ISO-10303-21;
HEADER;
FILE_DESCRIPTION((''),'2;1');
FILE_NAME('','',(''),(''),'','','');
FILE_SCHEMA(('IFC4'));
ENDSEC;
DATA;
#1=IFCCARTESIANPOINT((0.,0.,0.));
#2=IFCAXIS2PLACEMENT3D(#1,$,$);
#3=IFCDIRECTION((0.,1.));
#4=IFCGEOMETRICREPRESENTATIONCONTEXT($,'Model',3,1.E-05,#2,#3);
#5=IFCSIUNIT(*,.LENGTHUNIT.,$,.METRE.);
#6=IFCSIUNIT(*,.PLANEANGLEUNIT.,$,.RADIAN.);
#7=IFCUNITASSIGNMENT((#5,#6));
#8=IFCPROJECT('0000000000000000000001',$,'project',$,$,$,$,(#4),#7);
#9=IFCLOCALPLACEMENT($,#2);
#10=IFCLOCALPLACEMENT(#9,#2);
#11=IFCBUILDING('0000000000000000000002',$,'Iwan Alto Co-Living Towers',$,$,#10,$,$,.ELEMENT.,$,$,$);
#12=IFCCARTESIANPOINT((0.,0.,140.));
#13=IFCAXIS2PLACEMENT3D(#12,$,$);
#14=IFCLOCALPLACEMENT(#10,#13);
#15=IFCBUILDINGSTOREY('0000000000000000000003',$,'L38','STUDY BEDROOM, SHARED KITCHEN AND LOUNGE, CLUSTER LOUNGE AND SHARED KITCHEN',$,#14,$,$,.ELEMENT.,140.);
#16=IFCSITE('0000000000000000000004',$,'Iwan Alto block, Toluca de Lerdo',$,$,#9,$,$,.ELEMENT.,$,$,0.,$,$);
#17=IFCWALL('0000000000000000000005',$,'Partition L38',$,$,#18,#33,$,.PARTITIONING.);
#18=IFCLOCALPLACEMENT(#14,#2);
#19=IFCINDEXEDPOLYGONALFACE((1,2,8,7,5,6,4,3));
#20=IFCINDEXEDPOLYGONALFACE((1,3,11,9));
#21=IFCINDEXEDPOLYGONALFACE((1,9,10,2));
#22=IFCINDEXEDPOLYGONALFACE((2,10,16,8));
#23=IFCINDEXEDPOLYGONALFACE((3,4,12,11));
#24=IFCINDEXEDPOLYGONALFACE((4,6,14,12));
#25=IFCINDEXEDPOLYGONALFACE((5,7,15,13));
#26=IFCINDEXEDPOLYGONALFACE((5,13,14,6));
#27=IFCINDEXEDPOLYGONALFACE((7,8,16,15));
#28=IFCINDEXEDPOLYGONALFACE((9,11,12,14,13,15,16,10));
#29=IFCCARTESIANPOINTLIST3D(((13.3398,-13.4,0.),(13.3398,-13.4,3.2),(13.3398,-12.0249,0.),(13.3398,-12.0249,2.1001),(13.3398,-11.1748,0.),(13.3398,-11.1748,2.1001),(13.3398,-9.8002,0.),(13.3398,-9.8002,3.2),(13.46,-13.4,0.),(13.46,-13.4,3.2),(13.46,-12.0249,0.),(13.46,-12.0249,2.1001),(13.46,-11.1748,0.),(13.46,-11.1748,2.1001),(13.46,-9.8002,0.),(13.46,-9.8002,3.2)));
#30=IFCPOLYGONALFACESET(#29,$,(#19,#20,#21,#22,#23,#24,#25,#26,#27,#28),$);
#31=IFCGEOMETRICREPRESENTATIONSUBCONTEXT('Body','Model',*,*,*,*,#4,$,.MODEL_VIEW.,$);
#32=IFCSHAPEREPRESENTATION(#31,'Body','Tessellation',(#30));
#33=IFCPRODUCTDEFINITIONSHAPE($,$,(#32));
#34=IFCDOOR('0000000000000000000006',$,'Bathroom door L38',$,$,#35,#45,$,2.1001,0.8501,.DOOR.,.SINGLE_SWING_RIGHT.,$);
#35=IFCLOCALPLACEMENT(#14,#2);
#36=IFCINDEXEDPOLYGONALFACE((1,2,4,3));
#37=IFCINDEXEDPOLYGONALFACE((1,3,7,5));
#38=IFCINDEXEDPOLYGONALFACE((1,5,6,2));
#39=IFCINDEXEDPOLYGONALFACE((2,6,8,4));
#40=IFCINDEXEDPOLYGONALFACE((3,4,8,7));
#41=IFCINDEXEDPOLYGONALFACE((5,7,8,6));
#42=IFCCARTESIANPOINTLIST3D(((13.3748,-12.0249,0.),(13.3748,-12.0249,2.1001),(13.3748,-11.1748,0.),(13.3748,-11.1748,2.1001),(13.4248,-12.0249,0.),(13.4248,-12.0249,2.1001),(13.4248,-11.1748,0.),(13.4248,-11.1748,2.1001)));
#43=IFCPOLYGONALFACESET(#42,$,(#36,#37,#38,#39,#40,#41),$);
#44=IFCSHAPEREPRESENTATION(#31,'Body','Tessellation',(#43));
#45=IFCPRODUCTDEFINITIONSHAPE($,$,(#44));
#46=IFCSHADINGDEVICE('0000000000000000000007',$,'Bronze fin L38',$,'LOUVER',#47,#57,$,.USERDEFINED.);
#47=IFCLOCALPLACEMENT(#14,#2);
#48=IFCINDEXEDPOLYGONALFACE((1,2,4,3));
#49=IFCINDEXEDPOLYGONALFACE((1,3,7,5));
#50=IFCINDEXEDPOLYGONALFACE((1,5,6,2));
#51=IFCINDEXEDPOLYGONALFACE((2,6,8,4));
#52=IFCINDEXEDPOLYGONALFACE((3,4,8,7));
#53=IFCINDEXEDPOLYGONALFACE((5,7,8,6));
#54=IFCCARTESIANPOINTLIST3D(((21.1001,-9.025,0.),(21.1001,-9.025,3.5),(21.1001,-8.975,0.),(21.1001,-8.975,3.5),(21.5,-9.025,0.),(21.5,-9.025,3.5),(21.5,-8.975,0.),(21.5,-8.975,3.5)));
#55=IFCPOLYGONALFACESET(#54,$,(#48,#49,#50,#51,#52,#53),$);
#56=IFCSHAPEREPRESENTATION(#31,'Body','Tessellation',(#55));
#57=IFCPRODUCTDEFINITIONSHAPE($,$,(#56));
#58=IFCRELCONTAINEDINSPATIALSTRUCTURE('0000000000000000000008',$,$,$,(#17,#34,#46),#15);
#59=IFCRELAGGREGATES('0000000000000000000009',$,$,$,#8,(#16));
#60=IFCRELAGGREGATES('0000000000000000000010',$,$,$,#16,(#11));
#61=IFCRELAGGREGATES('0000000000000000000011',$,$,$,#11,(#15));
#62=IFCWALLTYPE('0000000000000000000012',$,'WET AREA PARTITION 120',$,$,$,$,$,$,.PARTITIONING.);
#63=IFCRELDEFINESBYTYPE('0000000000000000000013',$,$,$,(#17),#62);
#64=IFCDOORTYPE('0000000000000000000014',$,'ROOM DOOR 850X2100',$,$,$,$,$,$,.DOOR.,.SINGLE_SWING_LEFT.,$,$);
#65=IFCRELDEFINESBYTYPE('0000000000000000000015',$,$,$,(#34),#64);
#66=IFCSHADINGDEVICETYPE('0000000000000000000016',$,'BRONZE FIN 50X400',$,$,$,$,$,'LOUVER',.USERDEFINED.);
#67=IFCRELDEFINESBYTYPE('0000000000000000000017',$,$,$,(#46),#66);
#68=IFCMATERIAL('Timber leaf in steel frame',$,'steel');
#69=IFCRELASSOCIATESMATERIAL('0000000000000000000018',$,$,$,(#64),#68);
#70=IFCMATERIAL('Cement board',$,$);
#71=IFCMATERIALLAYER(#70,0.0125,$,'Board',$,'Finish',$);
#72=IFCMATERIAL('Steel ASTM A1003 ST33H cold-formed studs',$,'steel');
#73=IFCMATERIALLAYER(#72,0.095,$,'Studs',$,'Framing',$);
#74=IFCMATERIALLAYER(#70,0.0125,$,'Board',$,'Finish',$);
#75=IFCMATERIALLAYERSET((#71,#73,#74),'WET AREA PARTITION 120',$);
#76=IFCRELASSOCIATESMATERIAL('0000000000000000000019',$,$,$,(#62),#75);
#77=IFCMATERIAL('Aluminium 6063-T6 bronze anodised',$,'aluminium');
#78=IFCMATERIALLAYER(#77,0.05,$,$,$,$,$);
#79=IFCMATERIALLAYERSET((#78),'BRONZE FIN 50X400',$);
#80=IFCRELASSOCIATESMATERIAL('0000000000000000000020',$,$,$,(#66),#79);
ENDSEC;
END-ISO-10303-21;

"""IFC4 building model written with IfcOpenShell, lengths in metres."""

from ifc_helpers import new_model, si_unit, direction, frame, frame_2d, origin, origin_2d, place, context, subcontext, project, spatial, rectangle, extrude, material, layer, layer_set, type_object, element, fill, save


model = new_model("IFC4")

# Units and contexts
model_context = context("Model", 3, precision=1e-05, world=origin(), true_north=direction((0.0, 1.0)))
body_context = subcontext(model_context, "Body", "Model", "MODEL_VIEW")
ifc_project = project(units=[si_unit("LENGTHUNIT", "METRE"), si_unit("PLANEANGLEUNIT", "RADIAN")], contexts=[model_context])

# Site, building, storey
site_placement = place(None, origin())
site = spatial("IfcSite", under=ifc_project, at=site_placement, Name="Iwan Alto block, Toluca de Lerdo", CompositionType="ELEMENT", RefElevation=0.0)
building_placement = place(site_placement, origin())
building = spatial("IfcBuilding", under=site, at=building_placement, Name="Iwan Alto Co-Living Towers", CompositionType="ELEMENT")
storey_placement = place(building_placement, frame((0.0, 0.0, 140.0)))
storey = spatial("IfcBuildingStorey", under=building, at=storey_placement, Name="L38", Description="STUDY BEDROOM, SHARED KITCHEN AND LOUNGE, CLUSTER LOUNGE AND SHARED KITCHEN", CompositionType="ELEMENT", Elevation=140.0)

# Shared definitions
ifc_material_1 = material(Name="Steel ASTM A1003 ST33H cold-formed studs", Category="steel")

# Shared definitions
ifc_material_2 = material(Name="Timber leaf in steel frame", Category="steel")
door_type_1 = type_object("IfcDoorType", Name="ROOM DOOR 850X2100", OperationType="SINGLE_SWING_LEFT", PredefinedType="DOOR", material=ifc_material_2)

# Shared definitions
ifc_material_3 = material(Name="Cement board")
ifc_layer_1 = layer(ifc_material_3, 0.0125, Name="Board", Category="Finish")
ifc_layer_2 = layer(ifc_material_1, 0.095, Name="Studs", Category="Framing")
ifc_layer_3 = layer(ifc_material_3, 0.0125, Name="Board", Category="Finish")
ifc_layer_set_1 = layer_set([ifc_layer_1, ifc_layer_2, ifc_layer_3], Name="WET AREA PARTITION 120")
wall_type_1 = type_object("IfcWallType", Name="WET AREA PARTITION 120", PredefinedType="PARTITIONING", material=ifc_layer_set_1)

# Wall, opening, door
wall_1_placement = place(storey_placement, frame((13.3999, -13.3999, 0.0), z_axis=(0.0, 0.0, 1.0), x_axis=(0.0, 1.0, 0.0)))
wall_1 = element("IfcWall", 1, at=wall_1_placement, inside=storey, type_object=wall_type_1, Name="Partition L38", PredefinedType="PARTITIONING", context=body_context, shape_type="SweptSolid", body=[
    extrude(rectangle(XDim=3.5999, YDim=0.1201, at=frame_2d((1.7998, 0.0))), origin(), (0.0, 0.0, 1.0), 3.2),
])
opening_1_placement = place(wall_1_placement, frame((1.375, 0.0, 0.0)))
opening_1 = element("IfcOpeningElement", 2, at=opening_1_placement, cuts=wall_1, PredefinedType="OPENING", context=body_context, shape_type="SweptSolid", body=[
    extrude(rectangle(XDim=0.8501, YDim=2.1001, at=frame_2d((0.425, 1.05))), frame((0.0, 0.0701, 0.0), z_axis=(0.0, -1.0, 0.0), x_axis=(1.0, 0.0, 0.0)), (0.0, 0.0, 1.0), 0.1401),
])
door_1_placement = place(opening_1_placement, frame((0.8501, 0.0, 0.0), z_axis=(0.0, 0.0, 1.0), x_axis=(-1.0, 0.0, 0.0)))
door_1 = element("IfcDoor", 3, at=door_1_placement, inside=storey, type_object=door_type_1, Name="Bathroom door L38", OperationType="SINGLE_SWING_RIGHT", OverallHeight=2.1001, OverallWidth=0.8501, PredefinedType="DOOR", context=body_context, shape_type="SweptSolid", body=[
    extrude(rectangle(XDim=0.8501, YDim=2.1001, at=frame_2d((0.425, 1.05))), frame((0.0, 0.0249, 0.0), z_axis=(0.0, -1.0, 0.0), x_axis=(1.0, 0.0, 0.0)), (0.0, 0.0, 1.0), 0.05),
])
fill(opening_1, door_1)

# Shading device
ifc_material_4 = material(Name="Aluminium 6063-T6 bronze anodised", Category="aluminium")
ifc_layer_4 = layer(ifc_material_4, 0.05)
ifc_layer_set_2 = layer_set([ifc_layer_4], Name="BRONZE FIN 50X400")
shading_device_type = type_object("IfcShadingDeviceType", Name="BRONZE FIN 50X400", ElementType="LOUVER", PredefinedType="USERDEFINED", material=ifc_layer_set_2)
shading_device_placement = place(storey_placement, frame((21.3, -9.0, 0.0), z_axis=(0.0, 0.0, 1.0), x_axis=(0.0, 1.0, 0.0)))
element("IfcShadingDevice", 4, at=shading_device_placement, inside=storey, type_object=shading_device_type, Name="Bronze fin L38", ObjectType="LOUVER", PredefinedType="USERDEFINED", context=body_context, shape_type="SweptSolid", body=[
    extrude(rectangle(XDim=0.05, YDim=0.3999, at=origin_2d()), origin(), (0.0, 0.0, 1.0), 3.5),
])

save(model, "model.ifc")
